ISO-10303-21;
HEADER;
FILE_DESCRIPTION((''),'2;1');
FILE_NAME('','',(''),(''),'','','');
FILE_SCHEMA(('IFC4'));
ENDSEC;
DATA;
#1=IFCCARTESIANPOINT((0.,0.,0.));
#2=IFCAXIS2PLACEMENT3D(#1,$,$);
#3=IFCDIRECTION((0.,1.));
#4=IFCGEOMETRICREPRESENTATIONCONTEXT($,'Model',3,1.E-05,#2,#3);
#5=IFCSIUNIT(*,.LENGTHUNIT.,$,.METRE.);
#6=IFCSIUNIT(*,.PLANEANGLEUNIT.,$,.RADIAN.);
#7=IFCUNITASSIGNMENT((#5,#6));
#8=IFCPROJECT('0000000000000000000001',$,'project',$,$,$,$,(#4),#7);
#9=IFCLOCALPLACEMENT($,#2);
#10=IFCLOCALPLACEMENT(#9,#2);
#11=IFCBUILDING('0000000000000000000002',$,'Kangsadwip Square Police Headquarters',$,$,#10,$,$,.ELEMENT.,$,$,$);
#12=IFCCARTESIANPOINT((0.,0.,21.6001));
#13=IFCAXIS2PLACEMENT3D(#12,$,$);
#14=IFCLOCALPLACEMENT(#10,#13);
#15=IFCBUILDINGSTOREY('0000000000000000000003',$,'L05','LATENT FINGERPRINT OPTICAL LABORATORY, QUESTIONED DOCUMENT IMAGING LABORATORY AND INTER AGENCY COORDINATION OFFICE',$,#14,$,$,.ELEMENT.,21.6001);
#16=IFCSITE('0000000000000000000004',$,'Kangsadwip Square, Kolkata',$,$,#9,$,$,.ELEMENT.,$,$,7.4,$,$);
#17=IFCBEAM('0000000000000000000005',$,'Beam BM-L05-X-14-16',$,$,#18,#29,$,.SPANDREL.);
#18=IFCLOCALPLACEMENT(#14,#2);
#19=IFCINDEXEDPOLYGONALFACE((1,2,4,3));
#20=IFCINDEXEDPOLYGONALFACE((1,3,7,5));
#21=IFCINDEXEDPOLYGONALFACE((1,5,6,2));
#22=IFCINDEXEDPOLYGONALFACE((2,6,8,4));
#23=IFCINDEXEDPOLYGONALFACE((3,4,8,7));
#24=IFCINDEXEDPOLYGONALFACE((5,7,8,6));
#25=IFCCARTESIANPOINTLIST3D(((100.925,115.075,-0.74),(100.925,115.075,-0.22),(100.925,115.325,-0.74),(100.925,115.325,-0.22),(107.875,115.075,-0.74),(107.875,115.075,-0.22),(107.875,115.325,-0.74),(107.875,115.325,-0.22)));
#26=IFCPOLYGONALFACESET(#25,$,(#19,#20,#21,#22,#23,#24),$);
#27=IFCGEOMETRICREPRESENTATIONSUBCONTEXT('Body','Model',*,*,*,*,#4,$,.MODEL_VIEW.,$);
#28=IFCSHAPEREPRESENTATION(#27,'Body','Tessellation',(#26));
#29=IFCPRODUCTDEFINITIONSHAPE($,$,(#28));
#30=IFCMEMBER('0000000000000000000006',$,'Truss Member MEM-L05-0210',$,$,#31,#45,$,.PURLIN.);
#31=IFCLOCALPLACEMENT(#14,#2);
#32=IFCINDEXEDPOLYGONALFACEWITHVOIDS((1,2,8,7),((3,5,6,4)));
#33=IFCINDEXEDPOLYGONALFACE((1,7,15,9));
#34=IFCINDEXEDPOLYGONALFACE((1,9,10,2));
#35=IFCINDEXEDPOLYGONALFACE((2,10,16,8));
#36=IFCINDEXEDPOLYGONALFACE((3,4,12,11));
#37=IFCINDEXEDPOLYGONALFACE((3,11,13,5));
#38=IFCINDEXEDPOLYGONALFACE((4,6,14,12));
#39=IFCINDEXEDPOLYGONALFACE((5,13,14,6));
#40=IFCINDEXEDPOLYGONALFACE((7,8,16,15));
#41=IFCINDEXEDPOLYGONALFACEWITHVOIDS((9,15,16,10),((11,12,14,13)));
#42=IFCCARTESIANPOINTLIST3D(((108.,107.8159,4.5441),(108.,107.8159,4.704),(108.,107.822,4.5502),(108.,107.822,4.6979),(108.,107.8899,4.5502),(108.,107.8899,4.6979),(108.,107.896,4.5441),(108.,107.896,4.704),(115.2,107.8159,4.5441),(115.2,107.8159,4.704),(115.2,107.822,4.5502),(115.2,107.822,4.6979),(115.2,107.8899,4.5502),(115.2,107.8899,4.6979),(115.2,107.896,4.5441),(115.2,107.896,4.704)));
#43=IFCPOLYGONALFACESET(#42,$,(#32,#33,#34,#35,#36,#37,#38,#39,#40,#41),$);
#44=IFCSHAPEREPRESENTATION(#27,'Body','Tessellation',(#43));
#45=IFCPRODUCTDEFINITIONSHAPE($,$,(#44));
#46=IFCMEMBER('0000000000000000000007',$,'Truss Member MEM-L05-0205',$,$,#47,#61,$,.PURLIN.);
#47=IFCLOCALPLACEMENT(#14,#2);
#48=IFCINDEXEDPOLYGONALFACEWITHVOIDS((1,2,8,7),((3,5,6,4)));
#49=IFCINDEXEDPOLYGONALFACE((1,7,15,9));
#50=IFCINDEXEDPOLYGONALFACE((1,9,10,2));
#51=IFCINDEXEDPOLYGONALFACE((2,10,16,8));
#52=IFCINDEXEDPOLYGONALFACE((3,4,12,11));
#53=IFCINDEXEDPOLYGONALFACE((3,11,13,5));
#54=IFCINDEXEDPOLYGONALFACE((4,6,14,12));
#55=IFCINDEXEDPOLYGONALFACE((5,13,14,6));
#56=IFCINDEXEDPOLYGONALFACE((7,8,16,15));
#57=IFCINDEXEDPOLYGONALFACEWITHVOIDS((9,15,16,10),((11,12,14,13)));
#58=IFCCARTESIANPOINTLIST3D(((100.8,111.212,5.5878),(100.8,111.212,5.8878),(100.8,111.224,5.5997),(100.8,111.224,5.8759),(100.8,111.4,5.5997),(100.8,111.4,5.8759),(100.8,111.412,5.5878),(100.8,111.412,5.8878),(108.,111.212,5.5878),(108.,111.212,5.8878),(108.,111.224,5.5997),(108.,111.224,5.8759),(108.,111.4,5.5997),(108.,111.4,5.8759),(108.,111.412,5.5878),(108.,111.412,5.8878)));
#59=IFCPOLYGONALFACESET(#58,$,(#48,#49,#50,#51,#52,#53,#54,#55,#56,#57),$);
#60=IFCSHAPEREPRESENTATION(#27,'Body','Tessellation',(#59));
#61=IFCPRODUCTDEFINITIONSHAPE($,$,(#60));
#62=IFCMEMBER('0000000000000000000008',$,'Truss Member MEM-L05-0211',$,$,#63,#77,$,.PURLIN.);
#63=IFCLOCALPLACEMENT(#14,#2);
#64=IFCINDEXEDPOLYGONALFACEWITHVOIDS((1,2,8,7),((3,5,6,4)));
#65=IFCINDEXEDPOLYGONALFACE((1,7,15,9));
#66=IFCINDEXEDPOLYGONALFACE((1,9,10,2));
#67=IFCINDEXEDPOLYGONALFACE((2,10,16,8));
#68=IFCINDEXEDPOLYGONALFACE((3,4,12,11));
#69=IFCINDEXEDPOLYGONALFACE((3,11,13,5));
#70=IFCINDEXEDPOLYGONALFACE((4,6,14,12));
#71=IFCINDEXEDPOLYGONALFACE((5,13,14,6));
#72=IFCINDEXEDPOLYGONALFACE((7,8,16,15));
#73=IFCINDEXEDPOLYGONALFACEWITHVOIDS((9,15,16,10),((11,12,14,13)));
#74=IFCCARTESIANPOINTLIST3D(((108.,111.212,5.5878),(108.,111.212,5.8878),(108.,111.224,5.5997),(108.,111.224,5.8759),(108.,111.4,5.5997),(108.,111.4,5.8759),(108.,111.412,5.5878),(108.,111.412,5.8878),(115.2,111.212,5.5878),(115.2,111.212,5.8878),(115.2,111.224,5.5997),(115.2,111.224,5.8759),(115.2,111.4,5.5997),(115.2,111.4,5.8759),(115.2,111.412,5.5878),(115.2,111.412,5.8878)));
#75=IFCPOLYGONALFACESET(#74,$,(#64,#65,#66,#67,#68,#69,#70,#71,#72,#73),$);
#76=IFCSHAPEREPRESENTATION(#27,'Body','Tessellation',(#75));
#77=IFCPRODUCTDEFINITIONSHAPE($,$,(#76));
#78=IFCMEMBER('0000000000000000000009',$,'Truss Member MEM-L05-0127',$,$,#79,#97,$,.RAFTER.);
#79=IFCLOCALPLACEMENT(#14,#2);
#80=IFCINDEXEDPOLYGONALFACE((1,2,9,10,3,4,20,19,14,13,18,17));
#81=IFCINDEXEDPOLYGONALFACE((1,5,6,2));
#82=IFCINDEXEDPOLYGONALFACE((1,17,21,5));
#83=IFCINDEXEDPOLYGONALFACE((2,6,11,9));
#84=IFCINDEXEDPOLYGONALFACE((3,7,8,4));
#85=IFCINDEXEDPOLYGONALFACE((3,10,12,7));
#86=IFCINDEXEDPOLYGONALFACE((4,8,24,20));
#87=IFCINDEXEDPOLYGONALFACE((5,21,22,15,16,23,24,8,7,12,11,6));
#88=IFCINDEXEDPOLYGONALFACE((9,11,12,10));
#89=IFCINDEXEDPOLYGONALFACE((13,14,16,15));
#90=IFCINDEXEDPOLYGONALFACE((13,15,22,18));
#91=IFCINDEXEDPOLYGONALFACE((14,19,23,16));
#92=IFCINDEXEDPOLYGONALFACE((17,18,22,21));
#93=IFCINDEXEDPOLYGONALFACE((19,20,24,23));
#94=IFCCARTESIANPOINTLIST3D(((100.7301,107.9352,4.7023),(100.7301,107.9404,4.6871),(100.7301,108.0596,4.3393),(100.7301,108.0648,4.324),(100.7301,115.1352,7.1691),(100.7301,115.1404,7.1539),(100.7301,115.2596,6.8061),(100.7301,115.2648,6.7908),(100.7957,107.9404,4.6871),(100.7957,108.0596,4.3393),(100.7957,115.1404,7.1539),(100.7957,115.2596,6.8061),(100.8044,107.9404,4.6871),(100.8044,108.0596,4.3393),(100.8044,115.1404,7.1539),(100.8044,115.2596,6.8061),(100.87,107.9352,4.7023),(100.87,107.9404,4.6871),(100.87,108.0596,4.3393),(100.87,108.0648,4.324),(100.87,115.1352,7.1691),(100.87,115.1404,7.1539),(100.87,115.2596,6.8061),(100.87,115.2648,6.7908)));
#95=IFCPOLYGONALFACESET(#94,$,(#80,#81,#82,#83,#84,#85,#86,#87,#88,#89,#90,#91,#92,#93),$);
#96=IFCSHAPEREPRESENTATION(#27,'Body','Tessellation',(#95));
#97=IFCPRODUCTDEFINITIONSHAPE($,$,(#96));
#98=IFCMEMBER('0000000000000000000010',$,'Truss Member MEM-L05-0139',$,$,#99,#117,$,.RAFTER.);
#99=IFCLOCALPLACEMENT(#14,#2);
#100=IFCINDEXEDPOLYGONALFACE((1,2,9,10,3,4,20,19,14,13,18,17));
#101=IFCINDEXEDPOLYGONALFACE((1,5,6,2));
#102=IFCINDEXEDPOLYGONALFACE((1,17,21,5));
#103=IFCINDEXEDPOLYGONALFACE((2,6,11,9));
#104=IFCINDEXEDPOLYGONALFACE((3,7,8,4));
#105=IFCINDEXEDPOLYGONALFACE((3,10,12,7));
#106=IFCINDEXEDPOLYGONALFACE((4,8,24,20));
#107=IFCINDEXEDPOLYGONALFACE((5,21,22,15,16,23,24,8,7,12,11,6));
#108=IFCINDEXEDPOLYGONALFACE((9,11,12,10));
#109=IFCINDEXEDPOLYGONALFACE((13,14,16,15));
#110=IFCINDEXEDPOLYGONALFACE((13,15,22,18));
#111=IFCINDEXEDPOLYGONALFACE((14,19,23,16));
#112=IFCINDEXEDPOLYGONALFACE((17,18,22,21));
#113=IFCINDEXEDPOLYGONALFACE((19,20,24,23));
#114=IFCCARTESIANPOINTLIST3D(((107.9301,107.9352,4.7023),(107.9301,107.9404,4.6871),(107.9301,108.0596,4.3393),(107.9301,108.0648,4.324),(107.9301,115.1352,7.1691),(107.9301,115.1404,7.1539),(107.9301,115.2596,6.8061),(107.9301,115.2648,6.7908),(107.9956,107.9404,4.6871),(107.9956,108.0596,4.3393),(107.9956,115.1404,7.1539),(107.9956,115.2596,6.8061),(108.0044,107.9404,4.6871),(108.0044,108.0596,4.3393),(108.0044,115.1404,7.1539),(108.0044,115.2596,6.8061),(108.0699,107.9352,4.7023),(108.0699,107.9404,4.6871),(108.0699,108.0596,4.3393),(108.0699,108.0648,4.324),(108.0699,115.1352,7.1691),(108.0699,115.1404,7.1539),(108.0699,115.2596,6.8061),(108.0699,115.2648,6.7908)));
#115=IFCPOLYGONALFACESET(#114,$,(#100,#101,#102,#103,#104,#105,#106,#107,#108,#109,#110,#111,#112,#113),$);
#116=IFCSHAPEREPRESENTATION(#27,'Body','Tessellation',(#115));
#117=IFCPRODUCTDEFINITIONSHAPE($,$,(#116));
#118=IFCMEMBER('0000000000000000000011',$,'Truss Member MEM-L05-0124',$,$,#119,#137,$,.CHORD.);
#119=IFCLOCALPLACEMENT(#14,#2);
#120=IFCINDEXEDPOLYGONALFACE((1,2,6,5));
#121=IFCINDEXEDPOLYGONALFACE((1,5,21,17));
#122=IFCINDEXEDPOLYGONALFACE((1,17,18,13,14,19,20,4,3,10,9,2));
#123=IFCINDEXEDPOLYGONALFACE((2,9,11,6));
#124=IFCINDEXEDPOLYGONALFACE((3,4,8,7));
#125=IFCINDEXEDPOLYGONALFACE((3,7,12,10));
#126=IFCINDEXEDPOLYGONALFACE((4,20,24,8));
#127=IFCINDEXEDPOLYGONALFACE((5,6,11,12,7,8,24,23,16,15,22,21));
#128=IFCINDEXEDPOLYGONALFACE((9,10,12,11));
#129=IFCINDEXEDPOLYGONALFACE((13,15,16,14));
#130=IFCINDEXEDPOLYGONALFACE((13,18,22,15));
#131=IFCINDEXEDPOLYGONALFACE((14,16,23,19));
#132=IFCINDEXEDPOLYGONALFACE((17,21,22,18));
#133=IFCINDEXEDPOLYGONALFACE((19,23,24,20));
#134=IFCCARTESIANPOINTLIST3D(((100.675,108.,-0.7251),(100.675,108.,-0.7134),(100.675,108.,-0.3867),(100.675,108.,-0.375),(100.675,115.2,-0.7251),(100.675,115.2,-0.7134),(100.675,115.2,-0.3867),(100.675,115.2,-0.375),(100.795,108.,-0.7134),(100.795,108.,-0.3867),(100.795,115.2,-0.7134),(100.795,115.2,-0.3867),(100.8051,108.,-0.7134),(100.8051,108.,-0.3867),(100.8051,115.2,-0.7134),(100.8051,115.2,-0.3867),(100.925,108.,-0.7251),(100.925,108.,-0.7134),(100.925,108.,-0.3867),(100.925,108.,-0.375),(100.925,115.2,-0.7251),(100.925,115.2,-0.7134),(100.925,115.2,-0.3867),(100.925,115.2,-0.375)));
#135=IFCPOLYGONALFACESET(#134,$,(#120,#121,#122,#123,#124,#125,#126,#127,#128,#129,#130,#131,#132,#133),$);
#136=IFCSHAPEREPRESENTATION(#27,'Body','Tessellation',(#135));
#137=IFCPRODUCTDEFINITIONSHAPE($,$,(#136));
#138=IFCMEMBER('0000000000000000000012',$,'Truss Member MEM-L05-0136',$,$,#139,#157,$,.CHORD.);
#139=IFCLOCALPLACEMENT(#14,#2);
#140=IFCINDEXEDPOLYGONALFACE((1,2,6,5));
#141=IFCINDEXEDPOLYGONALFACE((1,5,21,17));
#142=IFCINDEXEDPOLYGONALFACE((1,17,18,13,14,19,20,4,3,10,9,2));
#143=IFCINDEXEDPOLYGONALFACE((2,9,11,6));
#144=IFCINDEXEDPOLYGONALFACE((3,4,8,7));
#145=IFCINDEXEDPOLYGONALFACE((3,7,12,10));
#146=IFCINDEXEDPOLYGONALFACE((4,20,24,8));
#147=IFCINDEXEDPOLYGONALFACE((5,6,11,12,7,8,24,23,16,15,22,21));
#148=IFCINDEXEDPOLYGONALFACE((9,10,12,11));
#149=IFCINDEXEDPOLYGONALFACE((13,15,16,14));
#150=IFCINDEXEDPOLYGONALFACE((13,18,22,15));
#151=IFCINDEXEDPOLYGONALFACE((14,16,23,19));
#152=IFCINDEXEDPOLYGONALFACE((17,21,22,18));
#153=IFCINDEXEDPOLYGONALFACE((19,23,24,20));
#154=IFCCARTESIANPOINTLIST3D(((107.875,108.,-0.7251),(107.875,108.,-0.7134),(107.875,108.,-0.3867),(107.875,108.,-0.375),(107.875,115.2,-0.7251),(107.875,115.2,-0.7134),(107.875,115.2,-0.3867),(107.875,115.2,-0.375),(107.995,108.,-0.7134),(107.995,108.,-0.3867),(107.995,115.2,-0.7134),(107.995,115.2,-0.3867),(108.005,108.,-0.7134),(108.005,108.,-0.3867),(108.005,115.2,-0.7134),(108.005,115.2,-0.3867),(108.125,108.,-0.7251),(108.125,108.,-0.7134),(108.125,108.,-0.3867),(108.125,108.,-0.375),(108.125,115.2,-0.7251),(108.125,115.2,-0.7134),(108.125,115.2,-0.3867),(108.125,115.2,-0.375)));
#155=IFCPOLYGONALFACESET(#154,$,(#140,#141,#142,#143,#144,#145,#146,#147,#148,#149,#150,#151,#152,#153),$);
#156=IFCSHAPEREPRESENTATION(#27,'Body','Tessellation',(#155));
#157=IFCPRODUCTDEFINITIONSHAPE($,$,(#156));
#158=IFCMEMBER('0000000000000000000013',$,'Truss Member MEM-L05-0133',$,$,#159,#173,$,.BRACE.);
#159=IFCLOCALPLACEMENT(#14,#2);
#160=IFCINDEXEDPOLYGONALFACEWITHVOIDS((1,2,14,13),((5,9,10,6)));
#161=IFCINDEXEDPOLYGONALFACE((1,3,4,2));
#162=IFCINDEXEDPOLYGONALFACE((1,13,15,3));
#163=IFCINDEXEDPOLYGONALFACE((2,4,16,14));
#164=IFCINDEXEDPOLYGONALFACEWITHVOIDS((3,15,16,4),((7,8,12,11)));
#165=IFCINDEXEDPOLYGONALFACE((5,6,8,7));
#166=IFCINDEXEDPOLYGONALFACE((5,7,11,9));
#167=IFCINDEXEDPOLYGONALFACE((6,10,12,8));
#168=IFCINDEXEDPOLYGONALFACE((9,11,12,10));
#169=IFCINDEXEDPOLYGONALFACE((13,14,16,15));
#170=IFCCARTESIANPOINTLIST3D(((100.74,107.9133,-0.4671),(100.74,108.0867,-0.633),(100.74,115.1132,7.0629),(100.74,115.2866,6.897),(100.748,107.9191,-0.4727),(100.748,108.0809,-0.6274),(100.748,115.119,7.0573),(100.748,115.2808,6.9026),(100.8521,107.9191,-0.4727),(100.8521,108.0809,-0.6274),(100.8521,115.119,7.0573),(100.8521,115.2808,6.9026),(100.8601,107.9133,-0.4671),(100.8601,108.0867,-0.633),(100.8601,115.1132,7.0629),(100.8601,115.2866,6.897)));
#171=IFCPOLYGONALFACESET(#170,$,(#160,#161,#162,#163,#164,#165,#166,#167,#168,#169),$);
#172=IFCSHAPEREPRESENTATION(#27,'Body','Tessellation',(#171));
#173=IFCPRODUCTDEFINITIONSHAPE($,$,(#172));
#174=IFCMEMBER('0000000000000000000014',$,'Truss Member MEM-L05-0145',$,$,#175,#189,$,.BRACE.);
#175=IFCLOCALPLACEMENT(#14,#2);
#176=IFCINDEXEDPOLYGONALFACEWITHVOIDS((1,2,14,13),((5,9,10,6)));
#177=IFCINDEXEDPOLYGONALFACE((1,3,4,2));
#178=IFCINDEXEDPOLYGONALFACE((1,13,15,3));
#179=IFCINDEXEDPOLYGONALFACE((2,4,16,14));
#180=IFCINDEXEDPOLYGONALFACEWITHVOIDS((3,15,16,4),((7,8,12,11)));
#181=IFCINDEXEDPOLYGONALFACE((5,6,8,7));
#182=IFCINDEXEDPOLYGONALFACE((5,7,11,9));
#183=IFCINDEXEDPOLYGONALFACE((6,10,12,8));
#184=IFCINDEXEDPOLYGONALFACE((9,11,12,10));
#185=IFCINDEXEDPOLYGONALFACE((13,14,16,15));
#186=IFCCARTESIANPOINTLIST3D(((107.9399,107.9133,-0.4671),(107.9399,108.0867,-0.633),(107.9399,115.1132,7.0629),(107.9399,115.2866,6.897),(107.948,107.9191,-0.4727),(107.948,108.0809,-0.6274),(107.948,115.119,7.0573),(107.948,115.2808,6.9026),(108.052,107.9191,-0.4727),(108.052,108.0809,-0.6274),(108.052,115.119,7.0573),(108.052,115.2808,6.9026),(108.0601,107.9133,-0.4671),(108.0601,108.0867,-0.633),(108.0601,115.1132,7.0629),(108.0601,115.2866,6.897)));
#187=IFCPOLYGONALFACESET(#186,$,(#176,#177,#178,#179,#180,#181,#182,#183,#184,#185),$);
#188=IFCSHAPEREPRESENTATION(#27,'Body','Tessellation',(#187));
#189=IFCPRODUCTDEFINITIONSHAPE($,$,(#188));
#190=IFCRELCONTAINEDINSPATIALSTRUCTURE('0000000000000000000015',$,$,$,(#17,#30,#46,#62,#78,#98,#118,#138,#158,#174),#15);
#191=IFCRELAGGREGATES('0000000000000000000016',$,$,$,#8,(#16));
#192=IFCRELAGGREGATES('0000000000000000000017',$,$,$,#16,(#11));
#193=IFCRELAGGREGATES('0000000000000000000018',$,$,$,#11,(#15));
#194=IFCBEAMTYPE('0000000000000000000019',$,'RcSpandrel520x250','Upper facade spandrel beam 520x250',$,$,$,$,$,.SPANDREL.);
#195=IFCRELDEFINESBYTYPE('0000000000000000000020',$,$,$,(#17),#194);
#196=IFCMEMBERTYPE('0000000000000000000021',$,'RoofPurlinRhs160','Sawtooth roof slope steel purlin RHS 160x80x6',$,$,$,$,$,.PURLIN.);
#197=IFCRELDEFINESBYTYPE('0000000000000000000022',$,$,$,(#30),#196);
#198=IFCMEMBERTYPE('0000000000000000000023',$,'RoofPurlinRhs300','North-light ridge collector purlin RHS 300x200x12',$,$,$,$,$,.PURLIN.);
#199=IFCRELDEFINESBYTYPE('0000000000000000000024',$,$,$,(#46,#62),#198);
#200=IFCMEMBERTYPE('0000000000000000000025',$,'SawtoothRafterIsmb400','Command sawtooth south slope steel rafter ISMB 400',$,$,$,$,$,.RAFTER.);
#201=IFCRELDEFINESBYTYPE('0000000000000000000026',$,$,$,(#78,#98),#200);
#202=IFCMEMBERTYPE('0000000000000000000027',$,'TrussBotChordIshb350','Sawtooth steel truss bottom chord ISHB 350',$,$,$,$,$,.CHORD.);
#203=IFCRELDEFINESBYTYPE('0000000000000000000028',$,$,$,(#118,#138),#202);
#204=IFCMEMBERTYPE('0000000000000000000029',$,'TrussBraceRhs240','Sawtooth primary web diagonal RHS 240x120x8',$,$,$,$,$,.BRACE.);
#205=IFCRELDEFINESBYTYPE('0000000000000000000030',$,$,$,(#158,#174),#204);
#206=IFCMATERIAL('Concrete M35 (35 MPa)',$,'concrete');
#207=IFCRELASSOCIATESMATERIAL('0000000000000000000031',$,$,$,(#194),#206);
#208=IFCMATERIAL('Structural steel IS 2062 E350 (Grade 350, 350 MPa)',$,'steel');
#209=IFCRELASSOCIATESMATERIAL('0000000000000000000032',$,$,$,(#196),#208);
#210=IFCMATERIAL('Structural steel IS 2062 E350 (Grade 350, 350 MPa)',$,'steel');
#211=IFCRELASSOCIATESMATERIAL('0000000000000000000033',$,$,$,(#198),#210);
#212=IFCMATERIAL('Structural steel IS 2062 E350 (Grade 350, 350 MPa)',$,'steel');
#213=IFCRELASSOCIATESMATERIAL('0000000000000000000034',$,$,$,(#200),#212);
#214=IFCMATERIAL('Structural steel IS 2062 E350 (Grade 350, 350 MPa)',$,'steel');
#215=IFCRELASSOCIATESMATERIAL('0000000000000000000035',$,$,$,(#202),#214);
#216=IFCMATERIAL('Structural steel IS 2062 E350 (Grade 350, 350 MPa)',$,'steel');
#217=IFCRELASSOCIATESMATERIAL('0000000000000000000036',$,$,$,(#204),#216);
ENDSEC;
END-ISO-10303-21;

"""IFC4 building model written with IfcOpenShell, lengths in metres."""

from ifc_helpers import new_model, si_unit, direction, frame, origin, origin_2d, place, context, subcontext, project, spatial, rectangle, hollow_rectangle, i_section, extrude, material, material_profile, profile_set, type_object, element, save


model = new_model("IFC4")

# Units and contexts
model_context = context("Model", 3, precision=1e-05, world=origin(), true_north=direction((0.0, 1.0)))
body_context = subcontext(model_context, "Body", "Model", "MODEL_VIEW")
ifc_project = project(units=[si_unit("LENGTHUNIT", "METRE"), si_unit("PLANEANGLEUNIT", "RADIAN")], contexts=[model_context])

# Site, building, storey
site_placement = place(None, origin())
site = spatial("IfcSite", under=ifc_project, at=site_placement, Name="Kangsadwip Square, Kolkata", CompositionType="ELEMENT", RefElevation=7.4)
building_placement = place(site_placement, origin())
building = spatial("IfcBuilding", under=site, at=building_placement, Name="Kangsadwip Square Police Headquarters", CompositionType="ELEMENT")
storey_placement = place(building_placement, frame((0.0, 0.0, 21.6001)))
storey = spatial("IfcBuildingStorey", under=building, at=storey_placement, Name="L05", Description="LATENT FINGERPRINT OPTICAL LABORATORY, QUESTIONED DOCUMENT IMAGING LABORATORY AND INTER AGENCY COORDINATION OFFICE", CompositionType="ELEMENT", Elevation=21.6001)

# Beam
ifc_material_1 = material(Name="Concrete M35 (35 MPa)", Category="concrete")
ifc_material_profile_1 = material_profile(ifc_material_1, rectangle(XDim=0.25, YDim=0.52, at=origin_2d()), Name="RC SPN 520X250")
ifc_profile_set_1 = profile_set([ifc_material_profile_1], Name="Concrete M35 (35 MPa)")
beam_type = type_object("IfcBeamType", Name="RcSpandrel520x250", Description="Upper facade spandrel beam 520x250", PredefinedType="SPANDREL", material=ifc_profile_set_1)
beam_placement = place(storey_placement, frame((100.925, 115.2, -0.48), z_axis=(1.0, 0.0, 0.0), x_axis=(0.0, 1.0, 0.0)))
element("IfcBeam", 1, at=beam_placement, inside=storey, type_object=beam_type, Name="Beam BM-L05-X-14-16", PredefinedType="SPANDREL", context=body_context, shape_type="SweptSolid", body=[
    extrude(rectangle(XDim=0.25, YDim=0.52, at=origin_2d()), origin(), (0.0, 0.0, 1.0), 6.95),
])

# Members
ifc_material_2 = material(Name="Structural steel IS 2062 E350 (Grade 350, 350 MPa)", Category="steel")
ifc_material_profile_2 = material_profile(ifc_material_2, hollow_rectangle(XDim=0.0801, YDim=0.1599, WallThickness=0.0061, at=origin_2d()), Name="RHS 160X80X6")
ifc_profile_set_2 = profile_set([ifc_material_profile_2], Name="Structural steel IS 2062 E350 (Grade 350, 350 MPa)")
member_type_1 = type_object("IfcMemberType", Name="RoofPurlinRhs160", Description="Sawtooth roof slope steel purlin RHS 160x80x6", PredefinedType="PURLIN", material=ifc_profile_set_2)
member_1_placement = place(storey_placement, frame((108.0, 107.856, 4.624), z_axis=(1.0, 0.0, 0.0), x_axis=(0.0, 1.0, 0.0)))
element("IfcMember", 2, at=member_1_placement, inside=storey, type_object=member_type_1, Name="Truss Member MEM-L05-0210", PredefinedType="PURLIN", context=body_context, shape_type="SweptSolid", body=[
    extrude(hollow_rectangle(XDim=0.0801, YDim=0.1599, WallThickness=0.0061, at=origin_2d()), origin(), (0.0, 0.0, 1.0), 7.2),
])
ifc_material_3 = material(Name="Structural steel IS 2062 E350 (Grade 350, 350 MPa)", Category="steel")
ifc_material_profile_3 = material_profile(ifc_material_3, hollow_rectangle(XDim=0.2, YDim=0.3, WallThickness=0.012, at=origin_2d()), Name="RHS 300X200X12")
ifc_profile_set_3 = profile_set([ifc_material_profile_3], Name="Structural steel IS 2062 E350 (Grade 350, 350 MPa)")
member_type_2 = type_object("IfcMemberType", Name="RoofPurlinRhs300", Description="North-light ridge collector purlin RHS 300x200x12", PredefinedType="PURLIN", material=ifc_profile_set_3)
for number, where, z_axis, x_axis, name in (
    (3, (100.8, 111.312, 5.7378), (1.0, 0.0, 0.0), (0.0, 1.0, 0.0), "Truss Member MEM-L05-0205"),
    (4, (108.0, 111.312, 5.7378), (1.0, 0.0, 0.0), (0.0, 1.0, 0.0), "Truss Member MEM-L05-0211"),
):
    element("IfcMember", number, at=place(storey_placement, frame(where, z_axis=z_axis, x_axis=x_axis)), inside=storey, type_object=member_type_2, Name=name, PredefinedType="PURLIN", context=body_context, shape_type="SweptSolid", body=[
        extrude(hollow_rectangle(XDim=0.2, YDim=0.3, WallThickness=0.012, at=origin_2d()), origin(), (0.0, 0.0, 1.0), 7.2),
    ])
ifc_material_4 = material(Name="Structural steel IS 2062 E350 (Grade 350, 350 MPa)", Category="steel")
ifc_material_profile_4 = material_profile(ifc_material_4, i_section(OverallWidth=0.1399, OverallDepth=0.3999, WebThickness=0.0088, FlangeThickness=0.0161, at=origin_2d()), Name="ISMB 400")
ifc_profile_set_4 = profile_set([ifc_material_profile_4], Name="Structural steel IS 2062 E350 (Grade 350, 350 MPa)")
member_type_3 = type_object("IfcMemberType", Name="SawtoothRafterIsmb400", Description="Command sawtooth south slope steel rafter ISMB 400", PredefinedType="RAFTER", material=ifc_profile_set_4)
for number, where, z_axis, x_axis, name in (
    (5, (100.8, 108.0, 4.5132), (0.0, 0.946017, 0.324118), (-1.0, 0.0, 0.0), "Truss Member MEM-L05-0127"),
    (6, (108.0, 108.0, 4.5132), (0.0, 0.946017, 0.324118), (-1.0, 0.0, 0.0), "Truss Member MEM-L05-0139"),
):
    element("IfcMember", number, at=place(storey_placement, frame(where, z_axis=z_axis, x_axis=x_axis)), inside=storey, type_object=member_type_3, Name=name, PredefinedType="RAFTER", context=body_context, shape_type="SweptSolid", body=[
        extrude(i_section(OverallWidth=0.1399, OverallDepth=0.3999, WebThickness=0.0088, FlangeThickness=0.0161, at=origin_2d()), origin(), (0.0, 0.0, 1.0), 7.6108),
    ])
ifc_material_5 = material(Name="Structural steel IS 2062 E350 (Grade 350, 350 MPa)", Category="steel")
ifc_material_profile_5 = material_profile(ifc_material_5, i_section(OverallWidth=0.25, OverallDepth=0.3501, WebThickness=0.01, FlangeThickness=0.0117, at=origin_2d()), Name="ISHB 350")
ifc_profile_set_5 = profile_set([ifc_material_profile_5], Name="Structural steel IS 2062 E350 (Grade 350, 350 MPa)")
member_type_4 = type_object("IfcMemberType", Name="TrussBotChordIshb350", Description="Sawtooth steel truss bottom chord ISHB 350", PredefinedType="CHORD", material=ifc_profile_set_5)
for number, where, z_axis, x_axis, name in (
    (7, (100.8, 108.0, -0.55), (0.0, 1.0, 0.0), (-1.0, 0.0, 0.0), "Truss Member MEM-L05-0124"),
    (8, (108.0, 108.0, -0.55), (0.0, 1.0, 0.0), (-1.0, 0.0, 0.0), "Truss Member MEM-L05-0136"),
):
    element("IfcMember", number, at=place(storey_placement, frame(where, z_axis=z_axis, x_axis=x_axis)), inside=storey, type_object=member_type_4, Name=name, PredefinedType="CHORD", context=body_context, shape_type="SweptSolid", body=[
        extrude(i_section(OverallWidth=0.25, OverallDepth=0.3501, WebThickness=0.01, FlangeThickness=0.0117, at=origin_2d()), origin(), (0.0, 0.0, 1.0), 7.2),
    ])
ifc_material_6 = material(Name="Structural steel IS 2062 E350 (Grade 350, 350 MPa)", Category="steel")
ifc_material_profile_6 = material_profile(ifc_material_6, hollow_rectangle(XDim=0.1201, YDim=0.24, WallThickness=0.0081, at=origin_2d()), Name="RHS 240X120X8")
ifc_profile_set_6 = profile_set([ifc_material_profile_6], Name="Structural steel IS 2062 E350 (Grade 350, 350 MPa)")
member_type_5 = type_object("IfcMemberType", Name="TrussBraceRhs240", Description="Sawtooth primary web diagonal RHS 240x120x8", PredefinedType="BRACE", material=ifc_profile_set_6)
for number, where, z_axis, x_axis, name in (
    (9, (100.8, 108.0, -0.55), (0.0, 0.691088, 0.722771), (-1.0, 0.0, 0.0), "Truss Member MEM-L05-0133"),
    (10, (108.0, 108.0, -0.55), (0.0, 0.691088, 0.722771), (-1.0, 0.0, 0.0), "Truss Member MEM-L05-0145"),
):
    element("IfcMember", number, at=place(storey_placement, frame(where, z_axis=z_axis, x_axis=x_axis)), inside=storey, type_object=member_type_5, Name=name, PredefinedType="BRACE", context=body_context, shape_type="SweptSolid", body=[
        extrude(hollow_rectangle(XDim=0.1201, YDim=0.24, WallThickness=0.0081, at=origin_2d()), origin(), (0.0, 0.0, 1.0), 10.4182),
    ])

save(model, "model.ifc")
